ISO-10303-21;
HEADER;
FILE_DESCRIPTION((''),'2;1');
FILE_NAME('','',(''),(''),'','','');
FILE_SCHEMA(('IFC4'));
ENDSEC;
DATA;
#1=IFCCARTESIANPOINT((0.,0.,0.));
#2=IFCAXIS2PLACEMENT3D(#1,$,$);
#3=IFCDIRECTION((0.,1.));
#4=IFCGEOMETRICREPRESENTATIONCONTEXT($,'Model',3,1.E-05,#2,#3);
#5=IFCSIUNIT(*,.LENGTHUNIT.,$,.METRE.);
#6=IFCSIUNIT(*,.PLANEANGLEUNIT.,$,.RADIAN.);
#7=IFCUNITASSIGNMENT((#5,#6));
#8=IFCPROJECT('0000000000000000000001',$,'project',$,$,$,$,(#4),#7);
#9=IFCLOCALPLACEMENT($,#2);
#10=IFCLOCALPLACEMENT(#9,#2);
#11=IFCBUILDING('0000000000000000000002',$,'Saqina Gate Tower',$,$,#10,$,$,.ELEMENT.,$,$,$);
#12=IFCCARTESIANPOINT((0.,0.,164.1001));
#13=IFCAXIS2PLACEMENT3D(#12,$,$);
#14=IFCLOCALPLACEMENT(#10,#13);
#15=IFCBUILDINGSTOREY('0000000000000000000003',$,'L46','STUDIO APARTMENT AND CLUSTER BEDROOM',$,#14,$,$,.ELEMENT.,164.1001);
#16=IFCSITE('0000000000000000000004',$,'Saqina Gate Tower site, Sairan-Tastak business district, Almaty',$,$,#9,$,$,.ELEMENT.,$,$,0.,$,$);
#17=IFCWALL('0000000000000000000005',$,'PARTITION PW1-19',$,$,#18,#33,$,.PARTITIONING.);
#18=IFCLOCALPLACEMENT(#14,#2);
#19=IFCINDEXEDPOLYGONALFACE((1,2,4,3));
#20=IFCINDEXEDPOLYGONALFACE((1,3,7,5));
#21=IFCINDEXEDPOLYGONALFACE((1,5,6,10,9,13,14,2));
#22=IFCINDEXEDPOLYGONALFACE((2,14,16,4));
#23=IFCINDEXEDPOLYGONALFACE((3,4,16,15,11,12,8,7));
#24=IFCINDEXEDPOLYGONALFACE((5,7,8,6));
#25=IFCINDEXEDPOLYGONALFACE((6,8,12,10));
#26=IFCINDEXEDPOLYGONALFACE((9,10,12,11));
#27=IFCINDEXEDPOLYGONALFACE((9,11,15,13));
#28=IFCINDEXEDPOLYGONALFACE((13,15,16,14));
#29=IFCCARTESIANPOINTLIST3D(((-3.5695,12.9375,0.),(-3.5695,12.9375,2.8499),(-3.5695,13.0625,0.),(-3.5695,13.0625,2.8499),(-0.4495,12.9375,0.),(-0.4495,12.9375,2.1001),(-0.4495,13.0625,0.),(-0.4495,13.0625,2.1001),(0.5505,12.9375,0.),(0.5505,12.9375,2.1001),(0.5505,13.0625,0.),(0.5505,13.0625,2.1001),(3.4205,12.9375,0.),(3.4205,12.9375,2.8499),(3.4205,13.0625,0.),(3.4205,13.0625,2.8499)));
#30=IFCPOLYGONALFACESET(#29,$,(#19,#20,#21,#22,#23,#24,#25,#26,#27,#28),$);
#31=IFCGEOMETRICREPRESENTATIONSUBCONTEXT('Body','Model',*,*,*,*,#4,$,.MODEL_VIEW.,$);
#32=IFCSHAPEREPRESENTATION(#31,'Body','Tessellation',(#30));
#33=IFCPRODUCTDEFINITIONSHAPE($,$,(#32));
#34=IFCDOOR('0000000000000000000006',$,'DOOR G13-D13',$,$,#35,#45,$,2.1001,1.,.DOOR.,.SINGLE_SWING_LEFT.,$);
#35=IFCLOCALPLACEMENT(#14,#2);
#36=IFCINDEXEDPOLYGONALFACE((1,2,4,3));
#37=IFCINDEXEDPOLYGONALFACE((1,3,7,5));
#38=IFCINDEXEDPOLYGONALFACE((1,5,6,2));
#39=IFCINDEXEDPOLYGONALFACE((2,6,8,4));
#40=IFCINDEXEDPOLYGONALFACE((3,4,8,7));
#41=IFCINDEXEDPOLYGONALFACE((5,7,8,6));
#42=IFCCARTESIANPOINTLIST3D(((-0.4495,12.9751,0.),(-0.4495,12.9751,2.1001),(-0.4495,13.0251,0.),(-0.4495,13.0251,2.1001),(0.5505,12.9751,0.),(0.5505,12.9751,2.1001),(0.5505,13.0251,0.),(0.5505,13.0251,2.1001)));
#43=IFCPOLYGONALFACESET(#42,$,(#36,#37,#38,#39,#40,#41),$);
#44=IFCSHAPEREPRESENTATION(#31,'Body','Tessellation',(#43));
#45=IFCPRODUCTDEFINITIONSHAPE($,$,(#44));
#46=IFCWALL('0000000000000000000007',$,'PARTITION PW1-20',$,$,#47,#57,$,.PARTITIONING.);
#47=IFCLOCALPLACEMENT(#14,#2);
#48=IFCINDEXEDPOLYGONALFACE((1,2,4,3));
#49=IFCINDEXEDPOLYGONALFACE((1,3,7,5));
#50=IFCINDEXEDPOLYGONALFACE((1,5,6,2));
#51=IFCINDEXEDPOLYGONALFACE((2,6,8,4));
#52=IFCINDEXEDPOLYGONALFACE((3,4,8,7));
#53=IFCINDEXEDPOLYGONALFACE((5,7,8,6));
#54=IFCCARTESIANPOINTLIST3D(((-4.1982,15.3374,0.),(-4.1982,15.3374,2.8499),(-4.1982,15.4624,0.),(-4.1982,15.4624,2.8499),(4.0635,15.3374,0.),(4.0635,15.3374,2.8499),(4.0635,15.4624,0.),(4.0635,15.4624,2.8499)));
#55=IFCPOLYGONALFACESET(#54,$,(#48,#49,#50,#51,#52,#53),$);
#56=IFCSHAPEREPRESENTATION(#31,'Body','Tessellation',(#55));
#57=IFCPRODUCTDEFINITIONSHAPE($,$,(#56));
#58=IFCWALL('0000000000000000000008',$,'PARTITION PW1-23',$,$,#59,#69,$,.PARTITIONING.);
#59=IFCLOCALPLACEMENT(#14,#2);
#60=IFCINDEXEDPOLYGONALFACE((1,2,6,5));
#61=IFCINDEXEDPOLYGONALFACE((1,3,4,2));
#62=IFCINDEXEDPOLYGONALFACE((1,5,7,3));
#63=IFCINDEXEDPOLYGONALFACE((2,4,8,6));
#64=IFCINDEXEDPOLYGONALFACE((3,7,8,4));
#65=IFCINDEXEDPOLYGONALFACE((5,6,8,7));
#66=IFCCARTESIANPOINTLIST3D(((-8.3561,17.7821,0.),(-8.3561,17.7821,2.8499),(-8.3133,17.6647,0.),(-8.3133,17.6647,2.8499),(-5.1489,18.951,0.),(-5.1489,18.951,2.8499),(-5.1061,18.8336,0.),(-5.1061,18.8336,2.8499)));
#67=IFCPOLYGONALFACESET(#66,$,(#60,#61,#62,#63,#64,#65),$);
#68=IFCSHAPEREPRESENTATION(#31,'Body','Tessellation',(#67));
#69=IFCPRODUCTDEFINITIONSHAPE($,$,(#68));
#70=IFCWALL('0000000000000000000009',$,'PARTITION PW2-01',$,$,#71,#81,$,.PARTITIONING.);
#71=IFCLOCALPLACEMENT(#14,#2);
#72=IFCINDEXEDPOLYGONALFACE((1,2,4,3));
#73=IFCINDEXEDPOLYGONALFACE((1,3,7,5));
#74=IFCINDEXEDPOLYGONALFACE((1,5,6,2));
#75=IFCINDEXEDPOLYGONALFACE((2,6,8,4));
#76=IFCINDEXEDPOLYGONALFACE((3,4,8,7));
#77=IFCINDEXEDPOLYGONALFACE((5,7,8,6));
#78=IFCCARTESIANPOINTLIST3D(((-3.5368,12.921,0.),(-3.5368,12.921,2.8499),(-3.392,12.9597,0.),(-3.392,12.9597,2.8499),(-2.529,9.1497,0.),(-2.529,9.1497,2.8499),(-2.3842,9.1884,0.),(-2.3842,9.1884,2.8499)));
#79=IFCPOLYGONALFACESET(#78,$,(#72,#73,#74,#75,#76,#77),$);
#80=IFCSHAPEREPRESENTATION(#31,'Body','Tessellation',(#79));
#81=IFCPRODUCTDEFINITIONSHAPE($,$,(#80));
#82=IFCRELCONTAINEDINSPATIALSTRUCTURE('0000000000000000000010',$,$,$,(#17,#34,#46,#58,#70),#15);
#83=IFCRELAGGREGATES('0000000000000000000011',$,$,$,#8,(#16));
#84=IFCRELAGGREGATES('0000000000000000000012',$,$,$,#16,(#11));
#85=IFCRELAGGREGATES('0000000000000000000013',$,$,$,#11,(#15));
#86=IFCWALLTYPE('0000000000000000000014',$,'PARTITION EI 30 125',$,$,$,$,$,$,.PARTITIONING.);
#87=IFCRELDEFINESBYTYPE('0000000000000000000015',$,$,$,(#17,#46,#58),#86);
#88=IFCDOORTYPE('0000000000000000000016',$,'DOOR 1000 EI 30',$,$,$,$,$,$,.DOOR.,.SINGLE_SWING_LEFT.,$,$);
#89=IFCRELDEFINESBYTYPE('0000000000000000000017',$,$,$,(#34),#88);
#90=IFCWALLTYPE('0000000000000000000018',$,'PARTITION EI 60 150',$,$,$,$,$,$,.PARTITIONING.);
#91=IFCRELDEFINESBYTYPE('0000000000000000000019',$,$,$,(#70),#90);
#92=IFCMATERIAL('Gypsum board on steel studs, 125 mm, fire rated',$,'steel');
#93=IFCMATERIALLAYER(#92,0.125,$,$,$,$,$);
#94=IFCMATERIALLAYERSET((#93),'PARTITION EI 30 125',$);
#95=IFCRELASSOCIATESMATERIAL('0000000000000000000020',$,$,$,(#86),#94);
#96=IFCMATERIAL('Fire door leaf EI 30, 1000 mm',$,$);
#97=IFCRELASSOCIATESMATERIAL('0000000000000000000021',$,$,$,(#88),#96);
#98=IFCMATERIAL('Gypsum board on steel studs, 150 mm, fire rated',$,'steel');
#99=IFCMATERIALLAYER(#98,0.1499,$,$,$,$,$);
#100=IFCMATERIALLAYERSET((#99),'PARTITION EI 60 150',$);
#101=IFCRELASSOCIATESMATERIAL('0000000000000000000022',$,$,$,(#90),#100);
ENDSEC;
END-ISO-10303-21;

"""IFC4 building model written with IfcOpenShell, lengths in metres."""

from ifc_helpers import new_model, si_unit, direction, frame, frame_2d, origin, place, context, subcontext, project, spatial, rectangle, extrude, material, layer, layer_set, type_object, element, fill, save


model = new_model("IFC4")

# Units and contexts
model_context = context("Model", 3, precision=1e-05, world=origin(), true_north=direction((0.0, 1.0)))
body_context = subcontext(model_context, "Body", "Model", "MODEL_VIEW")
ifc_project = project(units=[si_unit("LENGTHUNIT", "METRE"), si_unit("PLANEANGLEUNIT", "RADIAN")], contexts=[model_context])

# Site, building, storey
site_placement = place(None, origin())
site = spatial("IfcSite", under=ifc_project, at=site_placement, Name="Saqina Gate Tower site, Sairan-Tastak business district, Almaty", CompositionType="ELEMENT", RefElevation=0.0)
building_placement = place(site_placement, origin())
building = spatial("IfcBuilding", under=site, at=building_placement, Name="Saqina Gate Tower", CompositionType="ELEMENT")
storey_placement = place(building_placement, frame((0.0, 0.0, 164.1001)))
storey = spatial("IfcBuildingStorey", under=building, at=storey_placement, Name="L46", Description="STUDIO APARTMENT AND CLUSTER BEDROOM", CompositionType="ELEMENT", Elevation=164.1001)

# Wall, opening, door
ifc_material_1 = material(Name="Gypsum board on steel studs, 125 mm, fire rated", Category="steel")
ifc_layer_1 = layer(ifc_material_1, 0.125)
ifc_layer_set_1 = layer_set([ifc_layer_1], Name="PARTITION EI 30 125")
wall_type_1 = type_object("IfcWallType", Name="PARTITION EI 30 125", PredefinedType="PARTITIONING", material=ifc_layer_set_1)
wall_1_placement = place(storey_placement, frame((-3.5696, 13.0, 0.0), z_axis=(0.0, 0.0, 1.0), x_axis=(1.0, 0.0, 0.0)))
wall_1 = element("IfcWall", 1, at=wall_1_placement, inside=storey, type_object=wall_type_1, Name="PARTITION PW1-19", PredefinedType="PARTITIONING", context=body_context, shape_type="SweptSolid", body=[
    extrude(rectangle(XDim=6.99, YDim=0.125, at=frame_2d((3.4951, 0.0))), origin(), (0.0, 0.0, 1.0), 2.8499),
])
opening_1_placement = place(wall_1_placement, frame((3.1201, 0.0, 0.0)))
opening_1 = element("IfcOpeningElement", 2, at=opening_1_placement, cuts=wall_1, PredefinedType="OPENING", context=body_context, shape_type="SweptSolid", body=[
    extrude(rectangle(XDim=1.0, YDim=2.1001, at=frame_2d((0.5, 1.05))), frame((0.0, 0.0745, 0.0), z_axis=(0.0, -1.0, 0.0), x_axis=(1.0, 0.0, 0.0)), (0.0, 0.0, 1.0), 0.1489),
])
ifc_material_2 = material(Name="Fire door leaf EI 30, 1000 mm")
door_type_1 = type_object("IfcDoorType", Name="DOOR 1000 EI 30", OperationType="SINGLE_SWING_LEFT", PredefinedType="DOOR", material=ifc_material_2)
door_1_placement = place(opening_1_placement, frame((1.0, 0.0, 0.0), z_axis=(0.0, 0.0, 1.0), x_axis=(-1.0, 0.0, 0.0)))
door_1 = element("IfcDoor", 3, at=door_1_placement, inside=storey, type_object=door_type_1, Name="DOOR G13-D13", OperationType="SINGLE_SWING_LEFT", OverallHeight=2.1001, OverallWidth=1.0, PredefinedType="DOOR", context=body_context, shape_type="SweptSolid", body=[
    extrude(rectangle(XDim=1.0, YDim=2.1001, at=frame_2d((0.5, 1.05))), frame((0.0, 0.0249, 0.0), z_axis=(0.0, -1.0, 0.0), x_axis=(1.0, 0.0, 0.0)), (0.0, 0.0, 1.0), 0.05),
])
fill(opening_1, door_1)

# Walls
wall_2_placement = place(storey_placement, frame((-4.1982, 15.3999, 0.0), z_axis=(0.0, 0.0, 1.0), x_axis=(1.0, 0.0, 0.0)))
element("IfcWall", 4, at=wall_2_placement, inside=storey, type_object=wall_type_1, Name="PARTITION PW1-20", PredefinedType="PARTITIONING", context=body_context, shape_type="SweptSolid", body=[
    extrude(rectangle(XDim=8.2617, YDim=0.125, at=frame_2d((4.1309, 0.0))), origin(), (0.0, 0.0, 1.0), 2.8499),
])
wall_3_placement = place(storey_placement, frame((-8.3347, 17.7234, 0.0), z_axis=(0.0, 0.0, 1.0), x_axis=(0.939543, 0.342432, 0.0)))
element("IfcWall", 5, at=wall_3_placement, inside=storey, type_object=wall_type_1, Name="PARTITION PW1-23", PredefinedType="PARTITIONING", context=body_context, shape_type="SweptSolid", body=[
    extrude(rectangle(XDim=3.4136, YDim=0.125, at=frame_2d((1.7068, 0.0))), origin(), (0.0, 0.0, 1.0), 2.8499),
])
ifc_material_3 = material(Name="Gypsum board on steel studs, 150 mm, fire rated", Category="steel")
ifc_layer_2 = layer(ifc_material_3, 0.1499)
ifc_layer_set_2 = layer_set([ifc_layer_2], Name="PARTITION EI 60 150")
wall_type_2 = type_object("IfcWallType", Name="PARTITION EI 60 150", PredefinedType="PARTITIONING", material=ifc_layer_set_2)
wall_4_placement = place(storey_placement, frame((-3.4644, 12.9402, 0.0), z_axis=(0.0, 0.0, 1.0), x_axis=(0.258176, -0.966098, 0.0)))
element("IfcWall", 6, at=wall_4_placement, inside=storey, type_object=wall_type_2, Name="PARTITION PW2-01", PredefinedType="PARTITIONING", context=body_context, shape_type="SweptSolid", body=[
    extrude(rectangle(XDim=3.9036, YDim=0.1499, at=frame_2d((1.9517, 0.0))), origin(), (0.0, 0.0, 1.0), 2.8499),
])

save(model, "model.ifc")
